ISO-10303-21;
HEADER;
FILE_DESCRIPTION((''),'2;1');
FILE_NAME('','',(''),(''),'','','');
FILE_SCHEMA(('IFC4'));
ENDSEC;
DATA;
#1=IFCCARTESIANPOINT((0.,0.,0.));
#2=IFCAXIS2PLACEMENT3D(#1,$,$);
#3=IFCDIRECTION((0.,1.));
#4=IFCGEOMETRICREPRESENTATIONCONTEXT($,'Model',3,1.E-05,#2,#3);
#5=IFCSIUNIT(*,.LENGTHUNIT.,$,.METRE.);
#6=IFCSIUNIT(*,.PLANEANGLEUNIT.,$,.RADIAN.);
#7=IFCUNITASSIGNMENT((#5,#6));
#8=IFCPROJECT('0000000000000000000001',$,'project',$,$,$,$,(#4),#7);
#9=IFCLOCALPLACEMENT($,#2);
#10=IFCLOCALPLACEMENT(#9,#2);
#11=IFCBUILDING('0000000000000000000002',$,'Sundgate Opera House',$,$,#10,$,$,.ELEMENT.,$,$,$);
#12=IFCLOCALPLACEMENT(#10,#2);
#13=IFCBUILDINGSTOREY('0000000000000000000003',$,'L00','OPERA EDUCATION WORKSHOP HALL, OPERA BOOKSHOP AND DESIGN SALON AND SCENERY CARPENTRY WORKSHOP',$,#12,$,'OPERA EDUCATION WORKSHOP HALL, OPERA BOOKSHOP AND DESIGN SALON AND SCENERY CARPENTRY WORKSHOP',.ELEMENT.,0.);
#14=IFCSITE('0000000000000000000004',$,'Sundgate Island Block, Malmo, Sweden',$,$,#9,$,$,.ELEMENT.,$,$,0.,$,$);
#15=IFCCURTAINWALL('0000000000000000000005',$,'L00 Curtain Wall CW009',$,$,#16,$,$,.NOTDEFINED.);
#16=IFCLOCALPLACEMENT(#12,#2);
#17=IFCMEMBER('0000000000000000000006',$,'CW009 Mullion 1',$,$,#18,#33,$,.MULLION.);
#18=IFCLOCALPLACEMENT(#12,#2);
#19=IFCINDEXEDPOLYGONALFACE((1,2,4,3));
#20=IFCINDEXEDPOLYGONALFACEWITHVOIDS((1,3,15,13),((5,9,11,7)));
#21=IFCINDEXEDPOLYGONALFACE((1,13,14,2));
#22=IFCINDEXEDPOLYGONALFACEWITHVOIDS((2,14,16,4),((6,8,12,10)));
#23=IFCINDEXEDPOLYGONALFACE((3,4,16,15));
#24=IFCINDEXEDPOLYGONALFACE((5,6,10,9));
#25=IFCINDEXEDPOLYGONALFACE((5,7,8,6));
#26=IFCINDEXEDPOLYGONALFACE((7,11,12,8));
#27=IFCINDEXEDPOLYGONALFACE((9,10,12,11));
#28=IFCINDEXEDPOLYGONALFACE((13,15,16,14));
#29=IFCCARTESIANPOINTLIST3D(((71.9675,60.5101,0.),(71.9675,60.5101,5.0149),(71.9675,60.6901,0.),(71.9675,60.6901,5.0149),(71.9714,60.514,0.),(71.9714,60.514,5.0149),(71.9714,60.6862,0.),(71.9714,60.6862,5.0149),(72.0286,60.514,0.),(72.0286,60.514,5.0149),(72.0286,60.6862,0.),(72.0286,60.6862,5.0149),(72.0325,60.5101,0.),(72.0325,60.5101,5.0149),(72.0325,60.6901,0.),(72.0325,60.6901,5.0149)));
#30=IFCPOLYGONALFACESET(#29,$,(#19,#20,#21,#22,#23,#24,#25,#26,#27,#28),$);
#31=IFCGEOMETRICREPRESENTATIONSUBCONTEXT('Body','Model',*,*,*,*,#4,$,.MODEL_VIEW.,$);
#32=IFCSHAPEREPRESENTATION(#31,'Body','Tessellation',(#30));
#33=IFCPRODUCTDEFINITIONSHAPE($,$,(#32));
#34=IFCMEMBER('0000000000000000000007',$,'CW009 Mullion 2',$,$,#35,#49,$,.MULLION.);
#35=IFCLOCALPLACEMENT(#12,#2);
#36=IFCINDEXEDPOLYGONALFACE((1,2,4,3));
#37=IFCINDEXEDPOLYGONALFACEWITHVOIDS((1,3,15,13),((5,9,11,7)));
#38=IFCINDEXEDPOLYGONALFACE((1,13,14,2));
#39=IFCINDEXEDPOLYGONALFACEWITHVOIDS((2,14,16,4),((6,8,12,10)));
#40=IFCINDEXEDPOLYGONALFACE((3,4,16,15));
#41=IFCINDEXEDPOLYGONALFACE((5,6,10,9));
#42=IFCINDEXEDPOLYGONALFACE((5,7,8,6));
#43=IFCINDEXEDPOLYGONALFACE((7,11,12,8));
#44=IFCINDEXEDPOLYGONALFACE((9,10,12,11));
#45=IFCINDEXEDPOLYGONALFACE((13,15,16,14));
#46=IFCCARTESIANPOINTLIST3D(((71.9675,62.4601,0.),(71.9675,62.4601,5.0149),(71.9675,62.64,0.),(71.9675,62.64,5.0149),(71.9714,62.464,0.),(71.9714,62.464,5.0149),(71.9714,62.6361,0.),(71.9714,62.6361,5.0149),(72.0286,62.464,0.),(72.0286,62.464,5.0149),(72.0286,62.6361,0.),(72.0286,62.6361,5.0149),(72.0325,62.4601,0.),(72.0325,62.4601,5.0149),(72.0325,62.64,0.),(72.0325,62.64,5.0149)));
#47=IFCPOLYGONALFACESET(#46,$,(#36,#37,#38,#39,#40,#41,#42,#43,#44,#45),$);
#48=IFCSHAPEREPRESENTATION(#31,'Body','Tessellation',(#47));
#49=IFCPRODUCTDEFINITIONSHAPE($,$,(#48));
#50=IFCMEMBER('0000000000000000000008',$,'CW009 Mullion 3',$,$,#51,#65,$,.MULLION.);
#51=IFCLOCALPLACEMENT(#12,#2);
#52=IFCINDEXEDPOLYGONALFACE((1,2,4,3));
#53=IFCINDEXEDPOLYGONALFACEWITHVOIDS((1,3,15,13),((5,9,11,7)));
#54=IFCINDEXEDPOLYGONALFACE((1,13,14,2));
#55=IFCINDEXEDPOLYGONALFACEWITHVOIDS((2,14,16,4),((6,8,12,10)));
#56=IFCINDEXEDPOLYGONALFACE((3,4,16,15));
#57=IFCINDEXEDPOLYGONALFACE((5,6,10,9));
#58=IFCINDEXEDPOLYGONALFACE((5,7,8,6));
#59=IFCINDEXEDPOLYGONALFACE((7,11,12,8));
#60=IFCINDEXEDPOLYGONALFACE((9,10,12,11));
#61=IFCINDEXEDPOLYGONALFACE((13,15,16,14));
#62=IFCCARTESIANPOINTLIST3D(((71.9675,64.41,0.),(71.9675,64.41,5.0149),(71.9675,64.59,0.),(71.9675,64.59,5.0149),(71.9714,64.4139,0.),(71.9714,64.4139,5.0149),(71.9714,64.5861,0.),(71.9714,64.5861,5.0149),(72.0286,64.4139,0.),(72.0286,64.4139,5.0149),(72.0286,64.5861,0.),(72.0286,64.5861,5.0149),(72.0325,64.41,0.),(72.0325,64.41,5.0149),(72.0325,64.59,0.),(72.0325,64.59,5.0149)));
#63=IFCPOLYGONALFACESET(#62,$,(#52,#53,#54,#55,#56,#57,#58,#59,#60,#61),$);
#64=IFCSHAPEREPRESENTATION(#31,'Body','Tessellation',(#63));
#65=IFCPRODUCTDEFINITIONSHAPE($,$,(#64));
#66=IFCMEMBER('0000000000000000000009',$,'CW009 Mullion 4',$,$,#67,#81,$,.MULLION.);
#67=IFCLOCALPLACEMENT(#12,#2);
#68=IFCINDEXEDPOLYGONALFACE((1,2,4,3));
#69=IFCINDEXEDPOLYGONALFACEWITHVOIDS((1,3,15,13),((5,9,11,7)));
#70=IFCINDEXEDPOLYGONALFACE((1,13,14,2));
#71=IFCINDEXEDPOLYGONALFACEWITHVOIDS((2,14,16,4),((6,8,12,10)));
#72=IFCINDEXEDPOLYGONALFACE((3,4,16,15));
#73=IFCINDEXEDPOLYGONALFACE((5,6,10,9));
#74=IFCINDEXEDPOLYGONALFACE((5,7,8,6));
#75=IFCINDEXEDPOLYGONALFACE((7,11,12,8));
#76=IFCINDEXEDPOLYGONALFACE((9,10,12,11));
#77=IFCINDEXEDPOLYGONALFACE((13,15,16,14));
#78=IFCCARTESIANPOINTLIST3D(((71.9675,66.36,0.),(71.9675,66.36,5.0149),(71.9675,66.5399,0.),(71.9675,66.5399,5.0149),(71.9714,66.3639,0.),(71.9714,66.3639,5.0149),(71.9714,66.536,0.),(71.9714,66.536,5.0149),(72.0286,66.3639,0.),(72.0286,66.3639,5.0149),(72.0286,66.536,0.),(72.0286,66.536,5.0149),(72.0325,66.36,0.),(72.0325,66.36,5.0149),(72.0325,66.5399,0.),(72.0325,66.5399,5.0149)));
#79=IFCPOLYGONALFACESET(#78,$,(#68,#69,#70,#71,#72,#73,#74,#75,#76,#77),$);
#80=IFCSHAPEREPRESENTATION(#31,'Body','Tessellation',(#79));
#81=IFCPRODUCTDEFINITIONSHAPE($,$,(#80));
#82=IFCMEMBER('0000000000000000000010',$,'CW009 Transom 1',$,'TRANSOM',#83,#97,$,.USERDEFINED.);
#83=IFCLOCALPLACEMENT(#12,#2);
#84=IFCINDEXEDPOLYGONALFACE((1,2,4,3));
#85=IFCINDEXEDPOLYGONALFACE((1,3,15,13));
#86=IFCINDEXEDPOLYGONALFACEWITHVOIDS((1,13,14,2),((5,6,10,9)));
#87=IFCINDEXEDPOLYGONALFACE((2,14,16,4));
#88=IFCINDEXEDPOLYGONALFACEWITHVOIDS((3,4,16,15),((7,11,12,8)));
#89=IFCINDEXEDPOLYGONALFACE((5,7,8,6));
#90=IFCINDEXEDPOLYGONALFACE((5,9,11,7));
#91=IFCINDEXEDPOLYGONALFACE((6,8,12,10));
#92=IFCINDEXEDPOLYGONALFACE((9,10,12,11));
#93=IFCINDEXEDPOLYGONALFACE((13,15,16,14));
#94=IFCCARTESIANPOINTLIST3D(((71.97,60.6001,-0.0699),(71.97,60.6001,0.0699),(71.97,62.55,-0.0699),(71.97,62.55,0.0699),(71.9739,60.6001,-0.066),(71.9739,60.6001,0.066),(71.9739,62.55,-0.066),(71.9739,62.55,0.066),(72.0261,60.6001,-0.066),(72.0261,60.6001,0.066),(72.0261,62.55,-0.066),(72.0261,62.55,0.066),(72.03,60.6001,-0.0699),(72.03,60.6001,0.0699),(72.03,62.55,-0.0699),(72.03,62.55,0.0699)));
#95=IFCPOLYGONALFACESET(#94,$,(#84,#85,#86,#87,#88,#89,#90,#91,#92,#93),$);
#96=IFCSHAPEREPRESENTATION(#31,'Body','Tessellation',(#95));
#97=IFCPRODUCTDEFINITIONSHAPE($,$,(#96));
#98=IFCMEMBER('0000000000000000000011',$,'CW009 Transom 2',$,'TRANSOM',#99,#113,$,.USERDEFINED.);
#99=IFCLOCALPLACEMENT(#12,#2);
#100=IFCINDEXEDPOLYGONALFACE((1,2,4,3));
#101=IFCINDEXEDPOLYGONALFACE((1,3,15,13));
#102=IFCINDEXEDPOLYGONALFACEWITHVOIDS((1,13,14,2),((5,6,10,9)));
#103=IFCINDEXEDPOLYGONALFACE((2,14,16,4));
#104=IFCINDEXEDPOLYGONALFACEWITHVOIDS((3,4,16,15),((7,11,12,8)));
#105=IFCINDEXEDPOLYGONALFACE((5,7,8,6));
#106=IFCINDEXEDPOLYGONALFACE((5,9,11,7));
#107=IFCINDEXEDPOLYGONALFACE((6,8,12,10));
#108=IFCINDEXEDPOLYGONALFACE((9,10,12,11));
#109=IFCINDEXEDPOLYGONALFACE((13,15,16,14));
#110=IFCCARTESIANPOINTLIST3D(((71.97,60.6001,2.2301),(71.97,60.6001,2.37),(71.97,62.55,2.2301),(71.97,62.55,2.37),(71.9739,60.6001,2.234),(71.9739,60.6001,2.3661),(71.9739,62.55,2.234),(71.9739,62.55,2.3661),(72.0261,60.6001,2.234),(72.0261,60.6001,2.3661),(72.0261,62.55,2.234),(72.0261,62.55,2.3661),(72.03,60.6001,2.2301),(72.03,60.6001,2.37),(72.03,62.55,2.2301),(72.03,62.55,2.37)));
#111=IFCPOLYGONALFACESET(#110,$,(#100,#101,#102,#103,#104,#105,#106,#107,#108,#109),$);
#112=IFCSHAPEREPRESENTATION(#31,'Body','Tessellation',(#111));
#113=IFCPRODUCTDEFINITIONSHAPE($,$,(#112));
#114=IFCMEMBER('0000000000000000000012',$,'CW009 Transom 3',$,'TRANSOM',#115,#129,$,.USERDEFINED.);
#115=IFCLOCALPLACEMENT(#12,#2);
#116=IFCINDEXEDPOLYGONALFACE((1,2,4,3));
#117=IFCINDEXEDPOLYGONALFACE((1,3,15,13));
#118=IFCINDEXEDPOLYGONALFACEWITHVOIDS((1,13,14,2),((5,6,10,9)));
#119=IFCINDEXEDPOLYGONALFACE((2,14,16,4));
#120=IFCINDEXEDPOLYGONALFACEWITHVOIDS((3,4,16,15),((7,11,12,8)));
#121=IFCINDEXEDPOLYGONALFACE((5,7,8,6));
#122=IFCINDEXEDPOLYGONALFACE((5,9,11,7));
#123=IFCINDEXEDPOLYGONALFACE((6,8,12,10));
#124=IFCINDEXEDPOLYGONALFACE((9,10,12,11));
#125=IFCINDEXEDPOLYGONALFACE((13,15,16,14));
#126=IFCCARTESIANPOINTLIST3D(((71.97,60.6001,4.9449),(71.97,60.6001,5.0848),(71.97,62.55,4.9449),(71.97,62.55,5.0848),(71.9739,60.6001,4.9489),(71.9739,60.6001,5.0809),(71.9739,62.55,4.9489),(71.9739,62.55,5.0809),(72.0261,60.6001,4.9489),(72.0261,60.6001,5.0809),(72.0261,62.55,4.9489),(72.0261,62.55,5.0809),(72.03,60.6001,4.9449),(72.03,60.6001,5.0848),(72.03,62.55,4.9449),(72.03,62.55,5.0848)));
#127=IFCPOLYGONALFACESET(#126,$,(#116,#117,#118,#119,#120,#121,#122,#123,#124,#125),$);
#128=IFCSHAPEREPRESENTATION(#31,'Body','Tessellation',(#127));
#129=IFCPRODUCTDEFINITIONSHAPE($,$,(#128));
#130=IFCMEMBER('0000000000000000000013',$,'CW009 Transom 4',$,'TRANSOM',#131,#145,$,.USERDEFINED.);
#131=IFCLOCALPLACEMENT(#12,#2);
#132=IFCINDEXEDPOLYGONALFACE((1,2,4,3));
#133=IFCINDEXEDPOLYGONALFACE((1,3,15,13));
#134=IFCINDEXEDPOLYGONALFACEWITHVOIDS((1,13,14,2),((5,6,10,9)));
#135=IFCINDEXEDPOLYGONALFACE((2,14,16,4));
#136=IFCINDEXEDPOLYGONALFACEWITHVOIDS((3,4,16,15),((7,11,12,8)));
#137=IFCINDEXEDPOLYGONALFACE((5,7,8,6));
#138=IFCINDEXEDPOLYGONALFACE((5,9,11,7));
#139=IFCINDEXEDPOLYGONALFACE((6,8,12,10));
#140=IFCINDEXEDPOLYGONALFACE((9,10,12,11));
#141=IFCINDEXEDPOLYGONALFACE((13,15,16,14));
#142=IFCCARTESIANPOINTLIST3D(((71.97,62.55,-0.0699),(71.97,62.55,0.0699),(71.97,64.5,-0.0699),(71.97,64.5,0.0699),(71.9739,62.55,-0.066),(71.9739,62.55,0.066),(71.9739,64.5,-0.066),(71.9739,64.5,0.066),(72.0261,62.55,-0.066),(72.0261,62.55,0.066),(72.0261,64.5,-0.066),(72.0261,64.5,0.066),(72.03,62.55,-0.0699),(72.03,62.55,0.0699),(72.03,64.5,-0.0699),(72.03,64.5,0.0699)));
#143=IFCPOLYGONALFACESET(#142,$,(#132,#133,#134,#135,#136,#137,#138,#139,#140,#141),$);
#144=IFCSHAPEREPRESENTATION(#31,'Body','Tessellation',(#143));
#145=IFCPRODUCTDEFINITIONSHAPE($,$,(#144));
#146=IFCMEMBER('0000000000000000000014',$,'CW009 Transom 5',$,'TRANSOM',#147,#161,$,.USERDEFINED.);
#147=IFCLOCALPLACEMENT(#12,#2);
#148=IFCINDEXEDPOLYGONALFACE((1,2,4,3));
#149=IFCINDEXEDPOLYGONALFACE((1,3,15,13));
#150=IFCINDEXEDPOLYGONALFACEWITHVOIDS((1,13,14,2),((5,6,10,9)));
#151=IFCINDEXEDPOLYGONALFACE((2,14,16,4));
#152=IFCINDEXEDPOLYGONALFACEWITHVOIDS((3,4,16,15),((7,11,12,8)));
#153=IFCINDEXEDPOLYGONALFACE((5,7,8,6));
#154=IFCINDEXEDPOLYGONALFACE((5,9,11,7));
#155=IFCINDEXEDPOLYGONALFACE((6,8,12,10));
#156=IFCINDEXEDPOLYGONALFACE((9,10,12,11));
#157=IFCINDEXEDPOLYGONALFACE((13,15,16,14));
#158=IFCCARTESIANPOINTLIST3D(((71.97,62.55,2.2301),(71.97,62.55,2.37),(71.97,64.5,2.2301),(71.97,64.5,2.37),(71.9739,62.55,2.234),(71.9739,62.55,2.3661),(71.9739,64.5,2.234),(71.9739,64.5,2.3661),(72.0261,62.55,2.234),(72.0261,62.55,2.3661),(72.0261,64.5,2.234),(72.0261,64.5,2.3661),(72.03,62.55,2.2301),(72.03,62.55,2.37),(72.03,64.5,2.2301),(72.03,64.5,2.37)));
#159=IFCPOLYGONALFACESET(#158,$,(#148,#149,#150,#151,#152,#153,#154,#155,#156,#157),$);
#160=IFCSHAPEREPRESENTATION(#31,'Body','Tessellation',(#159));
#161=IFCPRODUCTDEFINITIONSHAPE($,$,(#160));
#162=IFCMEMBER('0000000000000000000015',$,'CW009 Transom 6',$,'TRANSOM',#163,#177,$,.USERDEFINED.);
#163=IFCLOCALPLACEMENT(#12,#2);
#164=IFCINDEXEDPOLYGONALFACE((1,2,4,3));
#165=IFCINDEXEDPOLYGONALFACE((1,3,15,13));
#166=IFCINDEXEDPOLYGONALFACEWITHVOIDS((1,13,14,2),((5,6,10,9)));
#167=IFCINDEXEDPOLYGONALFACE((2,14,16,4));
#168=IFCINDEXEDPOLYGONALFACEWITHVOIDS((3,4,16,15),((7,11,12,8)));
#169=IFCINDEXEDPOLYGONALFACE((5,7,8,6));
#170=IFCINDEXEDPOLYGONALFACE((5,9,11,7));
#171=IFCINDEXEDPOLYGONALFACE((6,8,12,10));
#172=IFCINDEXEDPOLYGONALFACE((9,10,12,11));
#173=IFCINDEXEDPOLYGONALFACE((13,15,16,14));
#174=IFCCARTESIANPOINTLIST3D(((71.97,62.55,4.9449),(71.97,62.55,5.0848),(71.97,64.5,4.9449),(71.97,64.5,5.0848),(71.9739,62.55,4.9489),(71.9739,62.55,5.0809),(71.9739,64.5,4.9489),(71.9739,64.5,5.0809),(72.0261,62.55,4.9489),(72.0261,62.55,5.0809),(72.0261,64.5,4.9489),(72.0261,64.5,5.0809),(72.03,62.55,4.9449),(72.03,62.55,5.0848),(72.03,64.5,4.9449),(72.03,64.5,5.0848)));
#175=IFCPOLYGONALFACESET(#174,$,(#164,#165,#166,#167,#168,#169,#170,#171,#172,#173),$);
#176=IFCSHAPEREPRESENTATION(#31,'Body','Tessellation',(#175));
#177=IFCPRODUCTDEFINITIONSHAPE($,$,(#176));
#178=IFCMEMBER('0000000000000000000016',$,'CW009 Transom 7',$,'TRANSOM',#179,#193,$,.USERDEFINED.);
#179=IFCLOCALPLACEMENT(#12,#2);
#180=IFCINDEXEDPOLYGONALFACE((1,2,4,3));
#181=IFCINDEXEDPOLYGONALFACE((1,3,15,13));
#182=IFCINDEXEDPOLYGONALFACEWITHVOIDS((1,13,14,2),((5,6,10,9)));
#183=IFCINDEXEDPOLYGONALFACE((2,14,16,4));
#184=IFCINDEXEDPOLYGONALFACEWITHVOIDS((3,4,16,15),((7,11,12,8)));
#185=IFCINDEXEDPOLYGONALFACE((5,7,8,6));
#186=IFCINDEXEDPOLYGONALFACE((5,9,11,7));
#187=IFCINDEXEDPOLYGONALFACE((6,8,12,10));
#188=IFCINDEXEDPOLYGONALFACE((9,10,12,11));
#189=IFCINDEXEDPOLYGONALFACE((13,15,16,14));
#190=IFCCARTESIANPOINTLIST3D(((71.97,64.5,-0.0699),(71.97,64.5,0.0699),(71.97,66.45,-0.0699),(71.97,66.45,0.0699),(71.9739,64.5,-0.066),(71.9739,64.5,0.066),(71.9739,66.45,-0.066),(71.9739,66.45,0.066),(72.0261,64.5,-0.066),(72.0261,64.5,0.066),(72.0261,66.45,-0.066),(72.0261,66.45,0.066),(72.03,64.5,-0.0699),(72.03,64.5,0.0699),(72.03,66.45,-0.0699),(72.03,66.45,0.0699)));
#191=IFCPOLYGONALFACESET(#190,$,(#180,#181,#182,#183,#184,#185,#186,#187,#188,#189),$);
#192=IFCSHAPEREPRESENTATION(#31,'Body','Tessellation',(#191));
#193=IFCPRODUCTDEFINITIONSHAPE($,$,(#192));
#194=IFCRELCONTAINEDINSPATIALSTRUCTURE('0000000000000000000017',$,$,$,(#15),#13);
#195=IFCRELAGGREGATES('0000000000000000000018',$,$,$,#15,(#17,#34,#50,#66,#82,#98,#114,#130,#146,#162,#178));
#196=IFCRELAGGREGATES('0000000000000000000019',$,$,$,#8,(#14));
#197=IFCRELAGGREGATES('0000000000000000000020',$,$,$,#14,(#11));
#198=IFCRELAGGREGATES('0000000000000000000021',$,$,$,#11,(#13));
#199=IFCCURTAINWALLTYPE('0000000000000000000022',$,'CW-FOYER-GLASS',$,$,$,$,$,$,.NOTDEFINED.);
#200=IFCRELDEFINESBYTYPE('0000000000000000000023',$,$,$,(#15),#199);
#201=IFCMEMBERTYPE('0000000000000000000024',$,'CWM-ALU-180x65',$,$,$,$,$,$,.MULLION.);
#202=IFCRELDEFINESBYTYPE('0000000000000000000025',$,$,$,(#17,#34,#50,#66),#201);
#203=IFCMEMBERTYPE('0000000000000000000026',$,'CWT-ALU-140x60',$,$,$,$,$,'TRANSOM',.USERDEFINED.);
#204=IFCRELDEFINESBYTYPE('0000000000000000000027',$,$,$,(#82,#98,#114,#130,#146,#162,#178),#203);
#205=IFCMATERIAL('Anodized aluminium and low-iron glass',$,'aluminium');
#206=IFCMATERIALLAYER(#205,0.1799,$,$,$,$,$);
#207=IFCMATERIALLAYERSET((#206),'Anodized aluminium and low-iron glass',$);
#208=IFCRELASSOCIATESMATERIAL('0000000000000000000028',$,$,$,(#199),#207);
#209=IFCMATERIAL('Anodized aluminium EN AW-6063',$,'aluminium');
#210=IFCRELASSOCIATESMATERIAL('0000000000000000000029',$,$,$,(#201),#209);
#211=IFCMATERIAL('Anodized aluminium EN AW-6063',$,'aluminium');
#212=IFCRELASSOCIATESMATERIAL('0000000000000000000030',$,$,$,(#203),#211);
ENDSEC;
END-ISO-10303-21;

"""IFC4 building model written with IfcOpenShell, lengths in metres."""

from ifc_helpers import new_model, si_unit, direction, frame, origin, origin_2d, place, context, subcontext, project, spatial, hollow_rectangle, extrude, material, layer, layer_set, material_profile, profile_set, type_object, element, aggregate, save


model = new_model("IFC4")

# Units and contexts
model_context = context("Model", 3, precision=1e-05, world=origin(), true_north=direction((0.0, 1.0)))
body_context = subcontext(model_context, "Body", "Model", "MODEL_VIEW")
ifc_project = project(units=[si_unit("LENGTHUNIT", "METRE"), si_unit("PLANEANGLEUNIT", "RADIAN")], contexts=[model_context])

# Site, building, storey
site_placement = place(None, origin())
site = spatial("IfcSite", under=ifc_project, at=site_placement, Name="Sundgate Island Block, Malmo, Sweden", CompositionType="ELEMENT", RefElevation=0.0)
building_placement = place(site_placement, origin())
building = spatial("IfcBuilding", under=site, at=building_placement, Name="Sundgate Opera House", CompositionType="ELEMENT")
storey_placement = place(building_placement, origin())
storey = spatial("IfcBuildingStorey", under=building, at=storey_placement, Name="L00", Description="OPERA EDUCATION WORKSHOP HALL, OPERA BOOKSHOP AND DESIGN SALON AND SCENERY CARPENTRY WORKSHOP", LongName="OPERA EDUCATION WORKSHOP HALL, OPERA BOOKSHOP AND DESIGN SALON AND SCENERY CARPENTRY WORKSHOP", CompositionType="ELEMENT", Elevation=0.0)

# Curtain wall, members
ifc_material_1 = material(Name="Anodized aluminium and low-iron glass", Category="aluminium")
ifc_layer_1 = layer(ifc_material_1, 0.1799)
ifc_layer_set_1 = layer_set([ifc_layer_1], Name="Anodized aluminium and low-iron glass")
curtain_wall_type = type_object("IfcCurtainWallType", Name="CW-FOYER-GLASS", PredefinedType="NOTDEFINED", material=ifc_layer_set_1)
curtain_wall_placement = place(storey_placement, origin())
curtain_wall = element("IfcCurtainWall", 1, at=curtain_wall_placement, inside=storey, type_object=curtain_wall_type, Name="L00 Curtain Wall CW009", PredefinedType="NOTDEFINED")
ifc_material_2 = material(Name="Anodized aluminium EN AW-6063", Category="aluminium")
ifc_material_profile_1 = material_profile(ifc_material_2, hollow_rectangle(XDim=0.0649, YDim=0.1799, WallThickness=0.0039, at=origin_2d()), Name="CWM 180x65x4")
ifc_profile_set_1 = profile_set([ifc_material_profile_1], Name="Anodized aluminium EN AW-6063")
member_type_1 = type_object("IfcMemberType", Name="CWM-ALU-180x65", PredefinedType="MULLION", material=ifc_profile_set_1)
member_1_placement = place(storey_placement, frame((72.0, 60.6001, 0.0), z_axis=(0.0, 0.0, 1.0), x_axis=(1.0, 0.0, 0.0)))
member_1 = element("IfcMember", 2, at=member_1_placement, type_object=member_type_1, Name="CW009 Mullion 1", PredefinedType="MULLION", context=body_context, shape_type="SweptSolid", body=[
    extrude(hollow_rectangle(XDim=0.0649, YDim=0.1799, WallThickness=0.0039, at=origin_2d()), origin(), (0.0, 0.0, 1.0), 5.0149),
])
member_2_placement = place(storey_placement, frame((72.0, 62.55, 0.0), z_axis=(0.0, 0.0, 1.0), x_axis=(1.0, 0.0, 0.0)))
member_2 = element("IfcMember", 3, at=member_2_placement, type_object=member_type_1, Name="CW009 Mullion 2", PredefinedType="MULLION", context=body_context, shape_type="SweptSolid", body=[
    extrude(hollow_rectangle(XDim=0.0649, YDim=0.1799, WallThickness=0.0039, at=origin_2d()), origin(), (0.0, 0.0, 1.0), 5.0149),
])
member_3_placement = place(storey_placement, frame((72.0, 64.5, 0.0), z_axis=(0.0, 0.0, 1.0), x_axis=(1.0, 0.0, 0.0)))
member_3 = element("IfcMember", 4, at=member_3_placement, type_object=member_type_1, Name="CW009 Mullion 3", PredefinedType="MULLION", context=body_context, shape_type="SweptSolid", body=[
    extrude(hollow_rectangle(XDim=0.0649, YDim=0.1799, WallThickness=0.0039, at=origin_2d()), origin(), (0.0, 0.0, 1.0), 5.0149),
])
member_4_placement = place(storey_placement, frame((72.0, 66.45, 0.0), z_axis=(0.0, 0.0, 1.0), x_axis=(1.0, 0.0, 0.0)))
member_4 = element("IfcMember", 5, at=member_4_placement, type_object=member_type_1, Name="CW009 Mullion 4", PredefinedType="MULLION", context=body_context, shape_type="SweptSolid", body=[
    extrude(hollow_rectangle(XDim=0.0649, YDim=0.1799, WallThickness=0.0039, at=origin_2d()), origin(), (0.0, 0.0, 1.0), 5.0149),
])
ifc_material_3 = material(Name="Anodized aluminium EN AW-6063", Category="aluminium")
ifc_material_profile_2 = material_profile(ifc_material_3, hollow_rectangle(XDim=0.0601, YDim=0.1399, WallThickness=0.0039, at=origin_2d()), Name="CWT 140x60x4")
ifc_profile_set_2 = profile_set([ifc_material_profile_2], Name="Anodized aluminium EN AW-6063")
member_type_2 = type_object("IfcMemberType", Name="CWT-ALU-140x60", ElementType="TRANSOM", PredefinedType="USERDEFINED", material=ifc_profile_set_2)
member_5_placement = place(storey_placement, frame((72.0, 60.6001, 0.0), z_axis=(0.0, 1.0, 0.0), x_axis=(-1.0, 0.0, 0.0)))
member_5 = element("IfcMember", 6, at=member_5_placement, type_object=member_type_2, Name="CW009 Transom 1", ObjectType="TRANSOM", PredefinedType="USERDEFINED", context=body_context, shape_type="SweptSolid", body=[
    extrude(hollow_rectangle(XDim=0.0601, YDim=0.1399, WallThickness=0.0039, at=origin_2d()), origin(), (0.0, 0.0, 1.0), 1.95),
])
member_6_placement = place(storey_placement, frame((72.0, 60.6001, 2.3), z_axis=(0.0, 1.0, 0.0), x_axis=(-1.0, 0.0, 0.0)))
member_6 = element("IfcMember", 7, at=member_6_placement, type_object=member_type_2, Name="CW009 Transom 2", ObjectType="TRANSOM", PredefinedType="USERDEFINED", context=body_context, shape_type="SweptSolid", body=[
    extrude(hollow_rectangle(XDim=0.0601, YDim=0.1399, WallThickness=0.0039, at=origin_2d()), origin(), (0.0, 0.0, 1.0), 1.95),
])
member_7_placement = place(storey_placement, frame((72.0, 60.6001, 5.0149), z_axis=(0.0, 1.0, 0.0), x_axis=(-1.0, 0.0, 0.0)))
member_7 = element("IfcMember", 8, at=member_7_placement, type_object=member_type_2, Name="CW009 Transom 3", ObjectType="TRANSOM", PredefinedType="USERDEFINED", context=body_context, shape_type="SweptSolid", body=[
    extrude(hollow_rectangle(XDim=0.0601, YDim=0.1399, WallThickness=0.0039, at=origin_2d()), origin(), (0.0, 0.0, 1.0), 1.95),
])
member_8_placement = place(storey_placement, frame((72.0, 62.55, 0.0), z_axis=(0.0, 1.0, 0.0), x_axis=(-1.0, 0.0, 0.0)))
member_8 = element("IfcMember", 9, at=member_8_placement, type_object=member_type_2, Name="CW009 Transom 4", ObjectType="TRANSOM", PredefinedType="USERDEFINED", context=body_context, shape_type="SweptSolid", body=[
    extrude(hollow_rectangle(XDim=0.0601, YDim=0.1399, WallThickness=0.0039, at=origin_2d()), origin(), (0.0, 0.0, 1.0), 1.95),
])
member_9_placement = place(storey_placement, frame((72.0, 62.55, 2.3), z_axis=(0.0, 1.0, 0.0), x_axis=(-1.0, 0.0, 0.0)))
member_9 = element("IfcMember", 10, at=member_9_placement, type_object=member_type_2, Name="CW009 Transom 5", ObjectType="TRANSOM", PredefinedType="USERDEFINED", context=body_context, shape_type="SweptSolid", body=[
    extrude(hollow_rectangle(XDim=0.0601, YDim=0.1399, WallThickness=0.0039, at=origin_2d()), origin(), (0.0, 0.0, 1.0), 1.95),
])
member_10_placement = place(storey_placement, frame((72.0, 62.55, 5.0149), z_axis=(0.0, 1.0, 0.0), x_axis=(-1.0, 0.0, 0.0)))
member_10 = element("IfcMember", 11, at=member_10_placement, type_object=member_type_2, Name="CW009 Transom 6", ObjectType="TRANSOM", PredefinedType="USERDEFINED", context=body_context, shape_type="SweptSolid", body=[
    extrude(hollow_rectangle(XDim=0.0601, YDim=0.1399, WallThickness=0.0039, at=origin_2d()), origin(), (0.0, 0.0, 1.0), 1.95),
])
member_11_placement = place(storey_placement, frame((72.0, 64.5, 0.0), z_axis=(0.0, 1.0, 0.0), x_axis=(-1.0, 0.0, 0.0)))
member_11 = element("IfcMember", 12, at=member_11_placement, type_object=member_type_2, Name="CW009 Transom 7", ObjectType="TRANSOM", PredefinedType="USERDEFINED", context=body_context, shape_type="SweptSolid", body=[
    extrude(hollow_rectangle(XDim=0.0601, YDim=0.1399, WallThickness=0.0039, at=origin_2d()), origin(), (0.0, 0.0, 1.0), 1.95),
])
aggregate(curtain_wall, [member_1, member_2, member_3, member_4, member_5, member_6, member_7, member_8, member_9, member_10, member_11])

save(model, "model.ifc")
